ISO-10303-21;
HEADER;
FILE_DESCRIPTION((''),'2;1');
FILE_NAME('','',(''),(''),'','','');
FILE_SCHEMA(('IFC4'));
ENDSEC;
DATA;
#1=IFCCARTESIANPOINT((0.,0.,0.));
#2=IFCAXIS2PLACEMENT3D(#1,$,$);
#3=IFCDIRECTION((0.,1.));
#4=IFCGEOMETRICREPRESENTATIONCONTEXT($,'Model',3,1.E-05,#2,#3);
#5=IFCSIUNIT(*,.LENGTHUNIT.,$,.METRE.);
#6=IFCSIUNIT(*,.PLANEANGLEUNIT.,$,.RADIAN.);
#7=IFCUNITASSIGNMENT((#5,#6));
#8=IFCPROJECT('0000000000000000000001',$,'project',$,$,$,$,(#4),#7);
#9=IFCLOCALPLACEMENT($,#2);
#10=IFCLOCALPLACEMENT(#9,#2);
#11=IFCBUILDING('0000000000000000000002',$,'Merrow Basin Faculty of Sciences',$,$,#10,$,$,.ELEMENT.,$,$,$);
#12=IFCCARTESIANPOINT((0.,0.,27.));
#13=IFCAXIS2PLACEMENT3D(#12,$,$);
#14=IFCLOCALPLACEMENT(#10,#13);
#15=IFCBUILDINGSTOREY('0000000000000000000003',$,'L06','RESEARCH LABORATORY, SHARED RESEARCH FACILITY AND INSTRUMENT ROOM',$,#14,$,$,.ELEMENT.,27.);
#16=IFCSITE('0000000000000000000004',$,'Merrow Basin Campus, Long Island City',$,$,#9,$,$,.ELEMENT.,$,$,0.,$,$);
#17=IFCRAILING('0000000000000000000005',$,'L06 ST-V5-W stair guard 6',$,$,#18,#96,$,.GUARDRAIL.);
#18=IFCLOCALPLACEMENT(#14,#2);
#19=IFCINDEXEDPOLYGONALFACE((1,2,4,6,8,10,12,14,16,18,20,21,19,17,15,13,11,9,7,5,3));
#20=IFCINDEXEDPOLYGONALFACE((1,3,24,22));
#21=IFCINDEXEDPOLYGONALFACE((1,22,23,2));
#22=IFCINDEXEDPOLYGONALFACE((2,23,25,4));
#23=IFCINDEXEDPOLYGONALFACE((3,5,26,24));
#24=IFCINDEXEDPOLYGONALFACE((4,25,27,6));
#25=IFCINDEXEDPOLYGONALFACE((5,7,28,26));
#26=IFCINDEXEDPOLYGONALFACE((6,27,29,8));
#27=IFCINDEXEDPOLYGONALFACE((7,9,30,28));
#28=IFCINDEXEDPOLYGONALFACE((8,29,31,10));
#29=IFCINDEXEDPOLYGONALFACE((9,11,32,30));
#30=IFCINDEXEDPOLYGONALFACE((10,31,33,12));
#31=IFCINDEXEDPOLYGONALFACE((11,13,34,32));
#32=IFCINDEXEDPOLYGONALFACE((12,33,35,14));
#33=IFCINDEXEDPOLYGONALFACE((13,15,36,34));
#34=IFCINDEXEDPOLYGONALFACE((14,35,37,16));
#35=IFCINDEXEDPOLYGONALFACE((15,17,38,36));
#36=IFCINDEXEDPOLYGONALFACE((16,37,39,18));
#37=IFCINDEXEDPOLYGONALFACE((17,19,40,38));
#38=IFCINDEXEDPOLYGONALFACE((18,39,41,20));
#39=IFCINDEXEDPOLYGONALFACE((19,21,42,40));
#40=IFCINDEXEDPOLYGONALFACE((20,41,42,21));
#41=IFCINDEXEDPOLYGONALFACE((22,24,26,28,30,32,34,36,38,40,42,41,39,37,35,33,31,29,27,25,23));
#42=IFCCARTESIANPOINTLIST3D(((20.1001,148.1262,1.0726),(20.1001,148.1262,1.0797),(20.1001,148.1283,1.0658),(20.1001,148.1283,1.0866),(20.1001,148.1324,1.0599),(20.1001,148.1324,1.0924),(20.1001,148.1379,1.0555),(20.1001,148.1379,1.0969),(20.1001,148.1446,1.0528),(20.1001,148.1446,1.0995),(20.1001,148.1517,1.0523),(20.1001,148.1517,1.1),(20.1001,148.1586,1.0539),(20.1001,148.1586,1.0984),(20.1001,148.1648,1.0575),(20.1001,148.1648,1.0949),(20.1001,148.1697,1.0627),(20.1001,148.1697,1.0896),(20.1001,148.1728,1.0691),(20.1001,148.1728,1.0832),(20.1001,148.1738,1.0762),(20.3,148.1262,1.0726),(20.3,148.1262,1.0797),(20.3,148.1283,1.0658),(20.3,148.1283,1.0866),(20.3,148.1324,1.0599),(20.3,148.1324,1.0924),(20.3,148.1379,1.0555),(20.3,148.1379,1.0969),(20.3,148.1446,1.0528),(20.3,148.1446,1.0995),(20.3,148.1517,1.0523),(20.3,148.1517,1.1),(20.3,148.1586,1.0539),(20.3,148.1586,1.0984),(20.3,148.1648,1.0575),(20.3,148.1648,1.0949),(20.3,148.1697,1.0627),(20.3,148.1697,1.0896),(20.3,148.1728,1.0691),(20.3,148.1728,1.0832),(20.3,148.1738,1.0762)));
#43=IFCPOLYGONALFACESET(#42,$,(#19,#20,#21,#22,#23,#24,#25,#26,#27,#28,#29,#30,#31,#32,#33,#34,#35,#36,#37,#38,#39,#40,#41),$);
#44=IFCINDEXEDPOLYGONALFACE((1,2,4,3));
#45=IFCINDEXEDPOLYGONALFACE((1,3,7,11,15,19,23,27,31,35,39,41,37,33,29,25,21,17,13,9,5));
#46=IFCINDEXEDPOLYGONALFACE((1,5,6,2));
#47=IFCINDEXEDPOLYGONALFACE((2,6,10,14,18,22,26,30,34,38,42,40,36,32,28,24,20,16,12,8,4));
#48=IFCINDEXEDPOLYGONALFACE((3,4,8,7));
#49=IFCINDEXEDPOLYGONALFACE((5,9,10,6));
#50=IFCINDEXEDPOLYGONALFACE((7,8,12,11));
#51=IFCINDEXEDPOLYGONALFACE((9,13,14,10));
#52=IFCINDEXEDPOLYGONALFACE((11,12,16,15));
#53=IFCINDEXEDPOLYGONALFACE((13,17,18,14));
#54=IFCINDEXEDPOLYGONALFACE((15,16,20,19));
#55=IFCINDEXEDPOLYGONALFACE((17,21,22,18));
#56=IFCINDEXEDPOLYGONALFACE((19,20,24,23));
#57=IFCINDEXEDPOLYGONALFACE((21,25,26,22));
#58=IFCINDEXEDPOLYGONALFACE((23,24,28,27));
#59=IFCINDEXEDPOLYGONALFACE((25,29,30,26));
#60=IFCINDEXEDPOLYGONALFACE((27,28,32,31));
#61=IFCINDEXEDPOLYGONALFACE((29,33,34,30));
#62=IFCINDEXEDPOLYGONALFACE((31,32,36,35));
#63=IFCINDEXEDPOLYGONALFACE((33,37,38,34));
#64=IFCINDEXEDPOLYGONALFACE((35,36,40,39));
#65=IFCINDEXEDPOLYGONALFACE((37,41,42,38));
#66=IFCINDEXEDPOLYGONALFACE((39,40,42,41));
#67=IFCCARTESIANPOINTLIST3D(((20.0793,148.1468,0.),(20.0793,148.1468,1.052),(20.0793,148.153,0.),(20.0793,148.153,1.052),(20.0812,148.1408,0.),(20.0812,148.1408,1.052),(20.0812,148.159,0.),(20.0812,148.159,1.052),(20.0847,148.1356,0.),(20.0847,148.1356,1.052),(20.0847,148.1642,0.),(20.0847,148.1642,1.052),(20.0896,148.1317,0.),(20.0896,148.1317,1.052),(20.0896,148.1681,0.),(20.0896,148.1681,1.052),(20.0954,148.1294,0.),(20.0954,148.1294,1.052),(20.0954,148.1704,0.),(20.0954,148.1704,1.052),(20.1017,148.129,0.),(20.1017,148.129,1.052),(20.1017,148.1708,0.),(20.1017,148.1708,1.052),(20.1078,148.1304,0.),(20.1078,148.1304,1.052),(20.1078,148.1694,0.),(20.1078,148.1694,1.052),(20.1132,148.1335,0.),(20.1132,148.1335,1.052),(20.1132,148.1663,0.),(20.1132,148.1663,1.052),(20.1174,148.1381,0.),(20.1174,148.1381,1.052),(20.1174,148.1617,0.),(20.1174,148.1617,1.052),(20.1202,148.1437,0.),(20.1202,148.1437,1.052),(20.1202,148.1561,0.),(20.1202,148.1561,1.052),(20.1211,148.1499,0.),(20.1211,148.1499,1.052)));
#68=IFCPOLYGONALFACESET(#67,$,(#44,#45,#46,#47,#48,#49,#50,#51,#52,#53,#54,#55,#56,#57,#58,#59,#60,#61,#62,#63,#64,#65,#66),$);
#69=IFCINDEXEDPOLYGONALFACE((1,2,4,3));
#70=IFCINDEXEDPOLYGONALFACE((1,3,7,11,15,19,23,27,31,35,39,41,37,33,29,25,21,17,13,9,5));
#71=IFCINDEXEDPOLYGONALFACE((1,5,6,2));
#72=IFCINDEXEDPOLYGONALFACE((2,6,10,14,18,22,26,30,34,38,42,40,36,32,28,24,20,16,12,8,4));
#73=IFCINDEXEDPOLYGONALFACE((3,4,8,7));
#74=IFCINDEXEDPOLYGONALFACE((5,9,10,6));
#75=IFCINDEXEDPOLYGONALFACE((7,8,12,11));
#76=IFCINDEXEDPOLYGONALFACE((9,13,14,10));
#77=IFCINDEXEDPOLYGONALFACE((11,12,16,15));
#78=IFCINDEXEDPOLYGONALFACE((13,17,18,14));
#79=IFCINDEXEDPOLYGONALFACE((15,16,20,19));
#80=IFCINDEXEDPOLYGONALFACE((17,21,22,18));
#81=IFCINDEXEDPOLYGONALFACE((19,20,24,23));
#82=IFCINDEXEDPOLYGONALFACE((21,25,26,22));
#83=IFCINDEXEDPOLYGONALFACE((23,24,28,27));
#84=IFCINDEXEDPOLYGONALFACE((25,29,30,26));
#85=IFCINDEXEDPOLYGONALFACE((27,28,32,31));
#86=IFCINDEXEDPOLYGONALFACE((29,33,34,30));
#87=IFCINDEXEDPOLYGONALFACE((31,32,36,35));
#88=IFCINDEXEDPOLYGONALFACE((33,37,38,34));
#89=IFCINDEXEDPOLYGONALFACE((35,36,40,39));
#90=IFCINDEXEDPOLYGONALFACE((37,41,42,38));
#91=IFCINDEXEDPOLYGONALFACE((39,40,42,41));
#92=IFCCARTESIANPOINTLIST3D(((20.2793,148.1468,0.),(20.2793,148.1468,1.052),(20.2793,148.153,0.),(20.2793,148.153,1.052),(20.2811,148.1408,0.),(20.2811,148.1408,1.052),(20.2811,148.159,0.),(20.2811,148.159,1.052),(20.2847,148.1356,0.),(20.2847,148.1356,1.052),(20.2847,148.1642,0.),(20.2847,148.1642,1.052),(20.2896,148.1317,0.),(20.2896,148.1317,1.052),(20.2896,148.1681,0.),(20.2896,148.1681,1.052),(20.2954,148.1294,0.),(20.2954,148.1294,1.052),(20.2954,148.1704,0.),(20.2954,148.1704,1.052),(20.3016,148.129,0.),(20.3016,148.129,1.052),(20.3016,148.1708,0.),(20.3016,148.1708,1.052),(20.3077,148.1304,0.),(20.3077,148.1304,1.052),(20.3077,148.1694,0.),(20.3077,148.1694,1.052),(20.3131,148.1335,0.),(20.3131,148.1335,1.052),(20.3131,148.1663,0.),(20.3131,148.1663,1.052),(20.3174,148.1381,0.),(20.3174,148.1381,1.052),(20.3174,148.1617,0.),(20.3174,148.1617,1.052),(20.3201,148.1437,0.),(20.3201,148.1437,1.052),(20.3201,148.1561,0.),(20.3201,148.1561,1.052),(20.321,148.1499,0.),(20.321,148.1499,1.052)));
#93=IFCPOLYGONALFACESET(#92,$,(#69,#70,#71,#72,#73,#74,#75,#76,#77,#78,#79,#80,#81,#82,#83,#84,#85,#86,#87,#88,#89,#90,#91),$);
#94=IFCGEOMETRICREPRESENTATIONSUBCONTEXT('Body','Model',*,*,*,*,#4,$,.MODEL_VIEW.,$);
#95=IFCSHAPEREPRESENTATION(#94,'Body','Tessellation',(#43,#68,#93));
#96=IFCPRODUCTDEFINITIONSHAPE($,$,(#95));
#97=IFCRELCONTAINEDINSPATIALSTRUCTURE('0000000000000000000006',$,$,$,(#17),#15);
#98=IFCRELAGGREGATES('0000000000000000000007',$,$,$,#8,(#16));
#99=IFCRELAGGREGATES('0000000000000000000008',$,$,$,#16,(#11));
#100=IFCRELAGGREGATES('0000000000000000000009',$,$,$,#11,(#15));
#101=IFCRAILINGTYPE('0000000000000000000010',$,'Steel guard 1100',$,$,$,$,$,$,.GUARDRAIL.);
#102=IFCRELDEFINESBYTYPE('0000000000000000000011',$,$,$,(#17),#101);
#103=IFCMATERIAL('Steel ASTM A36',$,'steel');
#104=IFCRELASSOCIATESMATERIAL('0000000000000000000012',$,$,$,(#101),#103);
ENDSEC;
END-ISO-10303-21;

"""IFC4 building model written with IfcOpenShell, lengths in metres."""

from ifc_helpers import new_model, si_unit, direction, frame, origin, origin_2d, place, context, subcontext, project, spatial, circle, extrude, material, type_object, element, save


model = new_model("IFC4")

# Units and contexts
model_context = context("Model", 3, precision=1e-05, world=origin(), true_north=direction((0.0, 1.0)))
body_context = subcontext(model_context, "Body", "Model", "MODEL_VIEW")
ifc_project = project(units=[si_unit("LENGTHUNIT", "METRE"), si_unit("PLANEANGLEUNIT", "RADIAN")], contexts=[model_context])

# Site, building, storey
site_placement = place(None, origin())
site = spatial("IfcSite", under=ifc_project, at=site_placement, Name="Merrow Basin Campus, Long Island City", CompositionType="ELEMENT", RefElevation=0.0)
building_placement = place(site_placement, origin())
building = spatial("IfcBuilding", under=site, at=building_placement, Name="Merrow Basin Faculty of Sciences", CompositionType="ELEMENT")
storey_placement = place(building_placement, frame((0.0, 0.0, 27.0)))
storey = spatial("IfcBuildingStorey", under=building, at=storey_placement, Name="L06", Description="RESEARCH LABORATORY, SHARED RESEARCH FACILITY AND INSTRUMENT ROOM", CompositionType="ELEMENT", Elevation=27.0)

# Railing
ifc_material_1 = material(Name="Steel ASTM A36", Category="steel")
railing_type_1 = type_object("IfcRailingType", Name="Steel guard 1100", PredefinedType="GUARDRAIL", material=ifc_material_1)
railing_1_placement = place(storey_placement, frame((20.1001, 148.1499, 0.0)))
element("IfcRailing", 1, at=railing_1_placement, inside=storey, type_object=railing_type_1, Name="L06 ST-V5-W stair guard 6", PredefinedType="GUARDRAIL", context=body_context, shape_type="SweptSolid", body=[
    extrude(circle(Radius=0.0239, at=origin_2d()), frame((0.0, 0.0, 1.0762), z_axis=(1.0, 0.0, 0.0), x_axis=(0.0, 1.0, 0.0)), (0.0, 0.0, 1.0), 0.2),
    extrude(circle(Radius=0.021, at=origin_2d()), origin(), (0.0, 0.0, 1.0), 1.052),
    extrude(circle(Radius=0.021, at=origin_2d()), frame((0.2, 0.0, 0.0)), (0.0, 0.0, 1.0), 1.052),
])

save(model, "model.ifc")
